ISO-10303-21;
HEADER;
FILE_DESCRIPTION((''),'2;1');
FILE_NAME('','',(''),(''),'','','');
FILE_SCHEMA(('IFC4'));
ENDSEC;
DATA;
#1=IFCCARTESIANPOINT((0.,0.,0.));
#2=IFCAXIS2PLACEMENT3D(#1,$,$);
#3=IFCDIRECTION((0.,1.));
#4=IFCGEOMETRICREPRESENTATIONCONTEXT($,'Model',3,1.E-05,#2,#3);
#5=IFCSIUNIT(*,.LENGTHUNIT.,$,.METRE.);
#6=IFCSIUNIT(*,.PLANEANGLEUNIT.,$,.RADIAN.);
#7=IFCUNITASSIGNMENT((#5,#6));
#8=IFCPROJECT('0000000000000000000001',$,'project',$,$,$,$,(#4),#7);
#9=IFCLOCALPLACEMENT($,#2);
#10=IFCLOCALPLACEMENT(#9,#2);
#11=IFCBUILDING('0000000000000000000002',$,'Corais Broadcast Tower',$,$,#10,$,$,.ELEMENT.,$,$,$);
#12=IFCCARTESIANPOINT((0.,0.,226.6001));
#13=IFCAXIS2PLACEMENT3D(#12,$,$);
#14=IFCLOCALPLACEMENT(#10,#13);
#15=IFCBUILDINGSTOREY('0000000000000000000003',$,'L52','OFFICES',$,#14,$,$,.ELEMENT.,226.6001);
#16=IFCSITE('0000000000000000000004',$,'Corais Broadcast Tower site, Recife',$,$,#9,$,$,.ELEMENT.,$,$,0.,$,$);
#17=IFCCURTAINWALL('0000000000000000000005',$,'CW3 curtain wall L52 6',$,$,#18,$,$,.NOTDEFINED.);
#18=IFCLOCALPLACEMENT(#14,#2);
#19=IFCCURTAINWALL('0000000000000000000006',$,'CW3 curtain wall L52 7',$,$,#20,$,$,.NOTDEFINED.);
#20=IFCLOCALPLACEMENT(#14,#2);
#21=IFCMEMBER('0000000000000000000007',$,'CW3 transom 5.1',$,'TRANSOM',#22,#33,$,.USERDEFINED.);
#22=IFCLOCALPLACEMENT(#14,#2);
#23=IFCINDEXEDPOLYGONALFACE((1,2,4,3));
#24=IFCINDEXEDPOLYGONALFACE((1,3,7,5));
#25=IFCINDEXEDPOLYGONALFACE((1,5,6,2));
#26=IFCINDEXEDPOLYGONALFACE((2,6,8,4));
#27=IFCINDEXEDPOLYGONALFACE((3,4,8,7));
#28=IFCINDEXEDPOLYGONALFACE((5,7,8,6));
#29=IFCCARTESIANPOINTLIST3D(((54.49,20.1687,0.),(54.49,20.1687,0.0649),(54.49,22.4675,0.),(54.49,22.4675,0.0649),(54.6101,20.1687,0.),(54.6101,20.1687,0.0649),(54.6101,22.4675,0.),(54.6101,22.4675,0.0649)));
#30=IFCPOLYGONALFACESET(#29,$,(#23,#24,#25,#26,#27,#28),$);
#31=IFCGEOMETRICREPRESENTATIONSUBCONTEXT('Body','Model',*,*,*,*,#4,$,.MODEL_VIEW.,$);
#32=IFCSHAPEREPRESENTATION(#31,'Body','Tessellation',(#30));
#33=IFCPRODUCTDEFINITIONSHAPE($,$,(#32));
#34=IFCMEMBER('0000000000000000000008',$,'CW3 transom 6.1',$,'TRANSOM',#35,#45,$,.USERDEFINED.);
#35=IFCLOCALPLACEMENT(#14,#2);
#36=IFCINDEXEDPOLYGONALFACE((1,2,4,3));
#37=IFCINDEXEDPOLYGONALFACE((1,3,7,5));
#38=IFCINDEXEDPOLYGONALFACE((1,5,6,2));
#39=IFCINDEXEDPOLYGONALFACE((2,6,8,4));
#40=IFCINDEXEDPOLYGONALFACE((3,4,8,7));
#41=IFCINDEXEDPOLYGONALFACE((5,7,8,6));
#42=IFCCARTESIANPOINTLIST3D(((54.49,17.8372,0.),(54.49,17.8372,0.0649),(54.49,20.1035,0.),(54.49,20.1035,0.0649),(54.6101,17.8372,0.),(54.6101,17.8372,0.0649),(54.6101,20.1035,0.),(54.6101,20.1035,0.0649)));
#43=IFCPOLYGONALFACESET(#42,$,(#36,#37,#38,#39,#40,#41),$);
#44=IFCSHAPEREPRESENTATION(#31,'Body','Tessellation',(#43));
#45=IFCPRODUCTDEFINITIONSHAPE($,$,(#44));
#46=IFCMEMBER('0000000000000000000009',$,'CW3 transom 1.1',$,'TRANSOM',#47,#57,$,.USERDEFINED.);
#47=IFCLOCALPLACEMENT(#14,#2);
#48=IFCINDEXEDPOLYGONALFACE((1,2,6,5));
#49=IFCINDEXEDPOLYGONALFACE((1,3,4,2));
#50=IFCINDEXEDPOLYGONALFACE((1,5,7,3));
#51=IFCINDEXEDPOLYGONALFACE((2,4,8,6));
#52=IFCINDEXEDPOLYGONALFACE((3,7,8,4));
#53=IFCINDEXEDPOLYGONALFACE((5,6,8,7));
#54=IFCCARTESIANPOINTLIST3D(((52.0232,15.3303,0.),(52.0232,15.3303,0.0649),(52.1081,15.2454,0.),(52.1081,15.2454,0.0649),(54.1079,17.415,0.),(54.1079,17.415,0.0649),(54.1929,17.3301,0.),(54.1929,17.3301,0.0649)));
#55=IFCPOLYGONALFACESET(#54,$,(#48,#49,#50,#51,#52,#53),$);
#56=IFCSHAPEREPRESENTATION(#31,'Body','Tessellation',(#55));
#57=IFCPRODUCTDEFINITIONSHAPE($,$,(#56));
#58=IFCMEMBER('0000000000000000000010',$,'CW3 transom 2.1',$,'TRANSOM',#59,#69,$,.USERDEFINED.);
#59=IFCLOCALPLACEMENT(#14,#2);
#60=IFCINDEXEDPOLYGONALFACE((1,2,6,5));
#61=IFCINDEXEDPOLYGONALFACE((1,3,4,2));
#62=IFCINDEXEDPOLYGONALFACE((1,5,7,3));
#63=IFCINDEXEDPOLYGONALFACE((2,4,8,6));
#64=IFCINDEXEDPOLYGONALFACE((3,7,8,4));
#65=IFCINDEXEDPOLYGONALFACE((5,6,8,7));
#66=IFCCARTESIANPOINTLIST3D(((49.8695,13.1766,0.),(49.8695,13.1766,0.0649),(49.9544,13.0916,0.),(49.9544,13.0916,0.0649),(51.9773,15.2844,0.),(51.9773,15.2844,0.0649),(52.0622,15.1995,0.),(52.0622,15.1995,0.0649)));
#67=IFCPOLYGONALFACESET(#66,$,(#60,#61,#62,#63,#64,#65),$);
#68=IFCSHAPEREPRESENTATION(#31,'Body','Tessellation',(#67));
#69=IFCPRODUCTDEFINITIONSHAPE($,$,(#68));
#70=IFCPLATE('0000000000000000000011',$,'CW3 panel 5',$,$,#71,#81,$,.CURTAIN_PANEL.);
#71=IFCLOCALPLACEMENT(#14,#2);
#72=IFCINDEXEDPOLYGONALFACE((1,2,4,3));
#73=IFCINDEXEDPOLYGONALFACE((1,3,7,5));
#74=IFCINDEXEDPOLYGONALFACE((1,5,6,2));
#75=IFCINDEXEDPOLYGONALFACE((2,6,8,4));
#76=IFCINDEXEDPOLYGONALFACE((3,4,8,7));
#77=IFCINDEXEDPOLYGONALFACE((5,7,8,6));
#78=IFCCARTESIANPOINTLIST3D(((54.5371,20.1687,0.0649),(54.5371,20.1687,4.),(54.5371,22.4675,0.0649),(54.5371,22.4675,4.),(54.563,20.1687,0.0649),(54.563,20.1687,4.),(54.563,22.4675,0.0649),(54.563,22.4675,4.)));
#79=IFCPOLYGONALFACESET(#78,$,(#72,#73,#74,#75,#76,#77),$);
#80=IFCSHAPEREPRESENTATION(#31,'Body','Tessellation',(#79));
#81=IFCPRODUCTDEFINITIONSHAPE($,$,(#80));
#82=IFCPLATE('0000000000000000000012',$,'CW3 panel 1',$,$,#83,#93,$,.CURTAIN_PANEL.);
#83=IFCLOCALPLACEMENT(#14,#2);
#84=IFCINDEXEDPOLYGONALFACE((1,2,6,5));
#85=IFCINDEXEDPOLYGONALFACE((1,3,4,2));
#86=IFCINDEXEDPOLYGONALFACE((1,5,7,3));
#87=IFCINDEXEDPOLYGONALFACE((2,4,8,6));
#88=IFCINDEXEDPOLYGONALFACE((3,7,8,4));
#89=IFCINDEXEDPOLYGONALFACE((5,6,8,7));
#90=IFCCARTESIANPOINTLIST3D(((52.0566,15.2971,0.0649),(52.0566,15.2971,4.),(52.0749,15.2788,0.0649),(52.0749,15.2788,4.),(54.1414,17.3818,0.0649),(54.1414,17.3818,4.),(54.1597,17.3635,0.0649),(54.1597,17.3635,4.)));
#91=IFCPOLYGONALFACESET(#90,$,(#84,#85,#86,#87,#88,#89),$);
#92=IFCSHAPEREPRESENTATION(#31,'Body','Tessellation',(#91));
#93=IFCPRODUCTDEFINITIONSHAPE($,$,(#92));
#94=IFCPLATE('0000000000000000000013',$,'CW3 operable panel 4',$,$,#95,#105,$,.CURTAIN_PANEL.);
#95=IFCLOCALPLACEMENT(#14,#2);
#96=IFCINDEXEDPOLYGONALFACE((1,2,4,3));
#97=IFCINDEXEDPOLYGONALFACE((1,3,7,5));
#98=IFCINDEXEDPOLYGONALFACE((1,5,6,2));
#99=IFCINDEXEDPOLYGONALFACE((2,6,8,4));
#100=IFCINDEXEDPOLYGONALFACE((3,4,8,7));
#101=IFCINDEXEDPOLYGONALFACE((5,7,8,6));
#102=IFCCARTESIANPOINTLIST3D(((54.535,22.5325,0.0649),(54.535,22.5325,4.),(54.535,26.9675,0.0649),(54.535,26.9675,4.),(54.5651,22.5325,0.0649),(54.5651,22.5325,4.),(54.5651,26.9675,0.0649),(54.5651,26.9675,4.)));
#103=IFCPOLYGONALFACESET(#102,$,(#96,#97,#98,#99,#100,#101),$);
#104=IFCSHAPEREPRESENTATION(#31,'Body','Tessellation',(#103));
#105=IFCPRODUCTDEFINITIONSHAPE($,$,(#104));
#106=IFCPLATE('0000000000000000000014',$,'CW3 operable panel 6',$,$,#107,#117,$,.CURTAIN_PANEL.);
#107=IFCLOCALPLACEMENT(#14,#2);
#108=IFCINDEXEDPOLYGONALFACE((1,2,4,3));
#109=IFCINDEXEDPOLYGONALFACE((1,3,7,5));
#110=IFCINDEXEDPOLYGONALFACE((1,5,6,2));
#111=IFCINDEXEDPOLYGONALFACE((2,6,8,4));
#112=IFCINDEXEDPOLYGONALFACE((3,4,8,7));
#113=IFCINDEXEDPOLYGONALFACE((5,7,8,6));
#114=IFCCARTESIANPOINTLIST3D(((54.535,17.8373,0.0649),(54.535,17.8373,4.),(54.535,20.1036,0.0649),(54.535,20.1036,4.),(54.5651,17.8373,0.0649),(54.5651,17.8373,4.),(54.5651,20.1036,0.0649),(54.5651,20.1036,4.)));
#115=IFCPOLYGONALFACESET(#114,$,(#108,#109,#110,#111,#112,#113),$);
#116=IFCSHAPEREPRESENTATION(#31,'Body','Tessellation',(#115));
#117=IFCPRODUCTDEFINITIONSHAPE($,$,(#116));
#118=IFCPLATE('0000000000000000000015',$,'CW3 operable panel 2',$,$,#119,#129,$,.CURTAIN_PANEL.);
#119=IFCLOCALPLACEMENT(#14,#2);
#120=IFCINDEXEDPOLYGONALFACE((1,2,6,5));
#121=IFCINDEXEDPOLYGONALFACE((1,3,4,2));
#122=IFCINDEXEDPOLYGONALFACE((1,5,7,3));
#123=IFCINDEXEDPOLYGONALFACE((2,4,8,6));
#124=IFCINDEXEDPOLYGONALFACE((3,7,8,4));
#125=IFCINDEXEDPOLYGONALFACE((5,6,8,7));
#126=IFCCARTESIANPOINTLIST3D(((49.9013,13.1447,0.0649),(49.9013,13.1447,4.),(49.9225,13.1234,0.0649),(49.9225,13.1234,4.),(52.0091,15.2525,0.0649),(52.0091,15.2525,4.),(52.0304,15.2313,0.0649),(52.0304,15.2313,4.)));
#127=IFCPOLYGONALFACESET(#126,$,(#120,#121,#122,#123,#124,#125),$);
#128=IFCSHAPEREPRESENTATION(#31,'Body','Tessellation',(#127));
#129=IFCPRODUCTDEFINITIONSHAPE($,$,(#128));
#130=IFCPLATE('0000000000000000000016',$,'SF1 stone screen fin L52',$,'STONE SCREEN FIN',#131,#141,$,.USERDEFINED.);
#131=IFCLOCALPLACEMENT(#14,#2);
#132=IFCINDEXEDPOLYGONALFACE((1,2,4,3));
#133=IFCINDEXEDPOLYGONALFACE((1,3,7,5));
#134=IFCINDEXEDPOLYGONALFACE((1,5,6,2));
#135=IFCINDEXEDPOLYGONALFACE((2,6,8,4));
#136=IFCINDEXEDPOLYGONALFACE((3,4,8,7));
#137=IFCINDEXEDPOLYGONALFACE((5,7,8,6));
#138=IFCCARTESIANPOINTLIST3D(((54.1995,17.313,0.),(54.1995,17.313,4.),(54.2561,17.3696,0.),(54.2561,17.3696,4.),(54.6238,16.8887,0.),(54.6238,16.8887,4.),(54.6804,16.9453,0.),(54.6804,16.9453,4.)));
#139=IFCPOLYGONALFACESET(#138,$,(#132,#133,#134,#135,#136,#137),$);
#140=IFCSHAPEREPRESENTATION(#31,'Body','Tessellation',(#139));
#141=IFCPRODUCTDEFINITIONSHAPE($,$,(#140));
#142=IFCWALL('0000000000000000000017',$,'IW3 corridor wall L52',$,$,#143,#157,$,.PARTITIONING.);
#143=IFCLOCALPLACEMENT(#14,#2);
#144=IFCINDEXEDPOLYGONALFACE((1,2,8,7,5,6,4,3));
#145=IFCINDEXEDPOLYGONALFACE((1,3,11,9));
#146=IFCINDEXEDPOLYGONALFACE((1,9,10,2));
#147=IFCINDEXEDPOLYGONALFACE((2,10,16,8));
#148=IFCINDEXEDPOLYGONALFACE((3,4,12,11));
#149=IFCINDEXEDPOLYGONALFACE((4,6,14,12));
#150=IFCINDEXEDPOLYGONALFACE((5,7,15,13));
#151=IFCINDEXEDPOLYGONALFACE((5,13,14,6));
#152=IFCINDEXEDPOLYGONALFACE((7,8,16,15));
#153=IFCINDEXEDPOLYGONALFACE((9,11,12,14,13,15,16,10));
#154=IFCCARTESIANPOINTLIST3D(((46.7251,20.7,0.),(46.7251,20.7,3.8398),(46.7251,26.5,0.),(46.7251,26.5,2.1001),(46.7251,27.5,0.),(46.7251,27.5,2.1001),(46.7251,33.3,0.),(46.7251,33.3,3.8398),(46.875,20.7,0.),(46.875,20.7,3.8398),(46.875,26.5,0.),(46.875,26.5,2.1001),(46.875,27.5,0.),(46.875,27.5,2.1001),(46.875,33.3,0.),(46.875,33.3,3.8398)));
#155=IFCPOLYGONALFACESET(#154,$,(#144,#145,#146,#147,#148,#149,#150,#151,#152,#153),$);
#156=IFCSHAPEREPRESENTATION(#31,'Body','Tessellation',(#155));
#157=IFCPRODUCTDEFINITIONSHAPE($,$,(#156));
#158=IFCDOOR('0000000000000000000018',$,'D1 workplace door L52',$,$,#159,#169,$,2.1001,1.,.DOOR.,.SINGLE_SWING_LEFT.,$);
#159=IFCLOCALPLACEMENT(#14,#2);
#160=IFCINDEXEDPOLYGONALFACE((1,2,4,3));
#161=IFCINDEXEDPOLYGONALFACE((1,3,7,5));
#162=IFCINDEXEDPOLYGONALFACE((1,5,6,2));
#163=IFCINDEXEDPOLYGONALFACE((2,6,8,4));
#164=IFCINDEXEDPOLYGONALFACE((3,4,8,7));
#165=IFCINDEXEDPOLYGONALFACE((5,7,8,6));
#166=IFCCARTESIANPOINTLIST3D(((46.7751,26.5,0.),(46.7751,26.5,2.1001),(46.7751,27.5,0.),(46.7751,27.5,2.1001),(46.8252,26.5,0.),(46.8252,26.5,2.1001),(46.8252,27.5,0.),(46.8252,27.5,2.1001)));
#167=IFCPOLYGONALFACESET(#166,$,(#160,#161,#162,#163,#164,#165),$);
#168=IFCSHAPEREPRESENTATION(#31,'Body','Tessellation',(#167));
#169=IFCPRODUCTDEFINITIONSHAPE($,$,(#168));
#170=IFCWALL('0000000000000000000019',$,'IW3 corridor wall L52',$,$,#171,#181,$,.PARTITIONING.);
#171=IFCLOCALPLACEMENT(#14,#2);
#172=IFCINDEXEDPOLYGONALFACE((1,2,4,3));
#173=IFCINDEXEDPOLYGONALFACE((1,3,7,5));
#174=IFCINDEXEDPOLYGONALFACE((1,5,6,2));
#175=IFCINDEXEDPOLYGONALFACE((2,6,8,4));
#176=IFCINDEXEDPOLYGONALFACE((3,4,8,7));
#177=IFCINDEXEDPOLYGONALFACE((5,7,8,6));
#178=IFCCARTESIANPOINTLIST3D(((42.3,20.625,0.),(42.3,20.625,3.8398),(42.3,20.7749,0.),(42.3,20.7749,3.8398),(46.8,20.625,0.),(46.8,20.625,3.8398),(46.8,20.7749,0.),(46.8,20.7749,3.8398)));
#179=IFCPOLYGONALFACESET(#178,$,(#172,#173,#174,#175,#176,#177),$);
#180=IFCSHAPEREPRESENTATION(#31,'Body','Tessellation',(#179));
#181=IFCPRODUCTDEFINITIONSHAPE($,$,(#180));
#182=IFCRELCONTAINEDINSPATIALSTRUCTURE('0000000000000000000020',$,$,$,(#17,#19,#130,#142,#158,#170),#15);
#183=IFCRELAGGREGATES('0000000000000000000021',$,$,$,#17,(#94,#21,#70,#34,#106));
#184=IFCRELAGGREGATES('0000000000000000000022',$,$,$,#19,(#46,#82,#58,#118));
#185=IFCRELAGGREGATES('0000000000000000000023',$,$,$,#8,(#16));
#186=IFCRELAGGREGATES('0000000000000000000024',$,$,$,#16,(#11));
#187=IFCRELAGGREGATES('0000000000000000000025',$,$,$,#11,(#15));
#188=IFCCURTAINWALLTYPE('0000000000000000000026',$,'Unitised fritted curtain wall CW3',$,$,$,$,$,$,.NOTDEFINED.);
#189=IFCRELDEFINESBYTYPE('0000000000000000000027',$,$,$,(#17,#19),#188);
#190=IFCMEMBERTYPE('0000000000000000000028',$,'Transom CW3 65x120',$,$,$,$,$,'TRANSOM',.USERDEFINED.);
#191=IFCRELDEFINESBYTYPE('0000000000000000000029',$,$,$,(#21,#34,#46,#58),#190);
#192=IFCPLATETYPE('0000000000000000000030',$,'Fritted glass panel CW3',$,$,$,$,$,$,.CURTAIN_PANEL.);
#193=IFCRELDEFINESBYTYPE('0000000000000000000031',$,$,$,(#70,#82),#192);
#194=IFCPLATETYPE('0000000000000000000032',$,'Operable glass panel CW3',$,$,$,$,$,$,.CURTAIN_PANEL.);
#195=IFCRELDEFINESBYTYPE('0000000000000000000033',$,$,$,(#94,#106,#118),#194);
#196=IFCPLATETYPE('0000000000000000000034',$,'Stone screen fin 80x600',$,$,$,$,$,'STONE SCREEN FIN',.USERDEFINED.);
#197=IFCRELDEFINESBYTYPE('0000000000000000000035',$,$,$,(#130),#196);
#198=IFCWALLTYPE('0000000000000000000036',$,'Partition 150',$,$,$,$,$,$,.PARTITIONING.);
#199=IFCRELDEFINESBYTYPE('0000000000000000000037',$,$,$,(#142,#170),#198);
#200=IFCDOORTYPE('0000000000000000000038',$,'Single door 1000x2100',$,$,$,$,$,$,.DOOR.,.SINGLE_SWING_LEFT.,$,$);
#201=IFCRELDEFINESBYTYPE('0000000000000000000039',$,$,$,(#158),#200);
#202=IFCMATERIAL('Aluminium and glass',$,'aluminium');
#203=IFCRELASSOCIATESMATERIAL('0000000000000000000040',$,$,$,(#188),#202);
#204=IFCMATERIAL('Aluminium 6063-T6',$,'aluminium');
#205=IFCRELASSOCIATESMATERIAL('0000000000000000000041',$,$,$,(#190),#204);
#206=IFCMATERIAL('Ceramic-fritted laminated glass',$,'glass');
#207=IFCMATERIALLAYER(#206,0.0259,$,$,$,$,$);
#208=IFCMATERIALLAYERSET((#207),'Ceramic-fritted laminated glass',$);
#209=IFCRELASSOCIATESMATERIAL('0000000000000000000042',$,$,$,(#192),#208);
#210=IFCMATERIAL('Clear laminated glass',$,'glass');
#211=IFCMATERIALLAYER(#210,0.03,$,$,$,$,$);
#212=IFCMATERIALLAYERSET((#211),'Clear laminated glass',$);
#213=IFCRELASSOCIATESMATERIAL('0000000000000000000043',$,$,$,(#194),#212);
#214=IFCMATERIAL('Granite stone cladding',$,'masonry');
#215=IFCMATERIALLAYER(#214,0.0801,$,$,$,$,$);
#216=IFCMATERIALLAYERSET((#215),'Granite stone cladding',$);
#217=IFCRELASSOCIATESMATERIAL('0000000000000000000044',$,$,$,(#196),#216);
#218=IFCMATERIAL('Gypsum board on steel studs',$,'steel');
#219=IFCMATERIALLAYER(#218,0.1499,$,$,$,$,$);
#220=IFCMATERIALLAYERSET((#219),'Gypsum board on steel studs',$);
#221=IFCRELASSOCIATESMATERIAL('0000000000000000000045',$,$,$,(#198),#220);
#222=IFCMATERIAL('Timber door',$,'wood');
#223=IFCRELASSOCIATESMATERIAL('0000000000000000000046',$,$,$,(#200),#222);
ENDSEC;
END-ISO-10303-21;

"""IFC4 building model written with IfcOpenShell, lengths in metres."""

from ifc_helpers import new_model, si_unit, direction, frame, frame_2d, origin, origin_2d, place, context, subcontext, project, spatial, rectangle, extrude, material, layer, layer_set, material_profile, profile_set, type_object, element, fill, aggregate, save


model = new_model("IFC4")

# Units and contexts
model_context = context("Model", 3, precision=1e-05, world=origin(), true_north=direction((0.0, 1.0)))
body_context = subcontext(model_context, "Body", "Model", "MODEL_VIEW")
ifc_project = project(units=[si_unit("LENGTHUNIT", "METRE"), si_unit("PLANEANGLEUNIT", "RADIAN")], contexts=[model_context])

# Site, building, storey
site_placement = place(None, origin())
site = spatial("IfcSite", under=ifc_project, at=site_placement, Name="Corais Broadcast Tower site, Recife", CompositionType="ELEMENT", RefElevation=0.0)
building_placement = place(site_placement, origin())
building = spatial("IfcBuilding", under=site, at=building_placement, Name="Corais Broadcast Tower", CompositionType="ELEMENT")
storey_placement = place(building_placement, frame((0.0, 0.0, 226.6001)))
storey = spatial("IfcBuildingStorey", under=building, at=storey_placement, Name="L52", Description="OFFICES", CompositionType="ELEMENT", Elevation=226.6001)

# Curtain walls
ifc_material_1 = material(Name="Aluminium and glass", Category="aluminium")
curtain_wall_type = type_object("IfcCurtainWallType", Name="Unitised fritted curtain wall CW3", PredefinedType="NOTDEFINED", material=ifc_material_1)
curtain_wall_1_placement = place(storey_placement, origin())
curtain_wall_1 = element("IfcCurtainWall", 1, at=curtain_wall_1_placement, inside=storey, type_object=curtain_wall_type, Name="CW3 curtain wall L52 6", PredefinedType="NOTDEFINED")
curtain_wall_2_placement = place(storey_placement, origin())
curtain_wall_2 = element("IfcCurtainWall", 2, at=curtain_wall_2_placement, inside=storey, type_object=curtain_wall_type, Name="CW3 curtain wall L52 7", PredefinedType="NOTDEFINED")

# Members
ifc_material_2 = material(Name="Aluminium 6063-T6", Category="aluminium")
ifc_material_profile_1 = material_profile(ifc_material_2, rectangle(XDim=0.1201, YDim=0.0649, at=origin_2d()), Name="Transom CW3 65x120")
ifc_profile_set_1 = profile_set([ifc_material_profile_1], Name="Aluminium 6063-T6")
member_type_1 = type_object("IfcMemberType", Name="Transom CW3 65x120", ElementType="TRANSOM", PredefinedType="USERDEFINED", material=ifc_profile_set_1)
member_1_placement = place(storey_placement, frame((54.55, 22.4675, 0.0325), z_axis=(0.0, -1.0, 0.0), x_axis=(1.0, 0.0, 0.0)))
member_1 = element("IfcMember", 3, at=member_1_placement, type_object=member_type_1, Name="CW3 transom 5.1", ObjectType="TRANSOM", PredefinedType="USERDEFINED", context=body_context, shape_type="SweptSolid", body=[
    extrude(rectangle(XDim=0.1201, YDim=0.0649, at=origin_2d()), origin(), (0.0, 0.0, 1.0), 2.2988),
])
member_2_placement = place(storey_placement, frame((54.55, 20.1035, 0.0325), z_axis=(0.0, -1.0, 0.0), x_axis=(1.0, 0.0, 0.0)))
member_2 = element("IfcMember", 4, at=member_2_placement, type_object=member_type_1, Name="CW3 transom 6.1", ObjectType="TRANSOM", PredefinedType="USERDEFINED", context=body_context, shape_type="SweptSolid", body=[
    extrude(rectangle(XDim=0.1201, YDim=0.0649, at=origin_2d()), origin(), (0.0, 0.0, 1.0), 2.2664),
])
member_3_placement = place(storey_placement, frame((54.1504, 17.3726, 0.0325), z_axis=(-0.707107, -0.707107, 0.0), x_axis=(0.707107, -0.707107, 0.0)))
member_3 = element("IfcMember", 5, at=member_3_placement, type_object=member_type_1, Name="CW3 transom 1.1", ObjectType="TRANSOM", PredefinedType="USERDEFINED", context=body_context, shape_type="SweptSolid", body=[
    extrude(rectangle(XDim=0.1201, YDim=0.0649, at=origin_2d()), origin(), (0.0, 0.0, 1.0), 2.9482),
])
member_4_placement = place(storey_placement, frame((52.0198, 15.2419, 0.0325), z_axis=(-0.707107, -0.707107, 0.0), x_axis=(0.707107, -0.707107, 0.0)))
member_4 = element("IfcMember", 6, at=member_4_placement, type_object=member_type_1, Name="CW3 transom 2.1", ObjectType="TRANSOM", PredefinedType="USERDEFINED", context=body_context, shape_type="SweptSolid", body=[
    extrude(rectangle(XDim=0.1201, YDim=0.0649, at=origin_2d()), origin(), (0.0, 0.0, 1.0), 2.981),
])

# Plates
ifc_material_3 = material(Name="Ceramic-fritted laminated glass", Category="glass")
ifc_layer_1 = layer(ifc_material_3, 0.0259)
ifc_layer_set_1 = layer_set([ifc_layer_1], Name="Ceramic-fritted laminated glass")
plate_type_1 = type_object("IfcPlateType", Name="Fritted glass panel CW3", PredefinedType="CURTAIN_PANEL", material=ifc_layer_set_1)
plate_1_placement = place(storey_placement, frame((54.55, 21.3181, 0.0649), z_axis=(0.0, 0.0, 1.0), x_axis=(0.0, -1.0, 0.0)))
plate_1 = element("IfcPlate", 7, at=plate_1_placement, type_object=plate_type_1, Name="CW3 panel 5", PredefinedType="CURTAIN_PANEL", context=body_context, shape_type="SweptSolid", body=[
    extrude(rectangle(XDim=2.2988, YDim=0.0259, at=origin_2d()), origin(), (0.0, 0.0, 1.0), 3.9351),
])
plate_2_placement = place(storey_placement, frame((53.1082, 16.3303, 0.0649), z_axis=(0.0, 0.0, 1.0), x_axis=(-0.707107, -0.707107, 0.0)))
plate_2 = element("IfcPlate", 8, at=plate_2_placement, type_object=plate_type_1, Name="CW3 panel 1", PredefinedType="CURTAIN_PANEL", context=body_context, shape_type="SweptSolid", body=[
    extrude(rectangle(XDim=2.9482, YDim=0.0259, at=origin_2d()), origin(), (0.0, 0.0, 1.0), 3.9351),
])
ifc_material_4 = material(Name="Clear laminated glass", Category="glass")
ifc_layer_2 = layer(ifc_material_4, 0.03)
ifc_layer_set_2 = layer_set([ifc_layer_2], Name="Clear laminated glass")
plate_type_2 = type_object("IfcPlateType", Name="Operable glass panel CW3", PredefinedType="CURTAIN_PANEL", material=ifc_layer_set_2)
plate_3_placement = place(storey_placement, frame((54.55, 24.75, 0.0649), z_axis=(0.0, 0.0, 1.0), x_axis=(0.0, -1.0, 0.0)))
plate_3 = element("IfcPlate", 9, at=plate_3_placement, type_object=plate_type_2, Name="CW3 operable panel 4", PredefinedType="CURTAIN_PANEL", context=body_context, shape_type="SweptSolid", body=[
    extrude(rectangle(XDim=4.4351, YDim=0.03, at=origin_2d()), origin(), (0.0, 0.0, 1.0), 3.9351),
])
plate_4_placement = place(storey_placement, frame((54.55, 18.9705, 0.0649), z_axis=(0.0, 0.0, 1.0), x_axis=(0.0, -1.0, 0.0)))
plate_4 = element("IfcPlate", 10, at=plate_4_placement, type_object=plate_type_2, Name="CW3 operable panel 6", PredefinedType="CURTAIN_PANEL", context=body_context, shape_type="SweptSolid", body=[
    extrude(rectangle(XDim=2.2664, YDim=0.03, at=origin_2d()), origin(), (0.0, 0.0, 1.0), 3.9351),
])
aggregate(curtain_wall_1, [plate_3, member_1, plate_1, member_2, plate_4])
plate_5_placement = place(storey_placement, frame((50.9658, 14.188, 0.0649), z_axis=(0.0, 0.0, 1.0), x_axis=(-0.707107, -0.707107, 0.0)))
plate_5 = element("IfcPlate", 11, at=plate_5_placement, type_object=plate_type_2, Name="CW3 operable panel 2", PredefinedType="CURTAIN_PANEL", context=body_context, shape_type="SweptSolid", body=[
    extrude(rectangle(XDim=2.981, YDim=0.03, at=origin_2d()), origin(), (0.0, 0.0, 1.0), 3.9351),
])
aggregate(curtain_wall_2, [member_3, plate_2, member_4, plate_5])
ifc_material_5 = material(Name="Granite stone cladding", Category="masonry")
ifc_layer_3 = layer(ifc_material_5, 0.0801)
ifc_layer_set_3 = layer_set([ifc_layer_3], Name="Granite stone cladding")
plate_type_3 = type_object("IfcPlateType", Name="Stone screen fin 80x600", ElementType="STONE SCREEN FIN", PredefinedType="USERDEFINED", material=ifc_layer_set_3)
plate_6_placement = place(storey_placement, frame((54.4399, 17.1292, 0.0), z_axis=(0.0, 0.0, 1.0), x_axis=(-0.707107, -0.707107, 0.0)))
element("IfcPlate", 12, at=plate_6_placement, inside=storey, type_object=plate_type_3, Name="SF1 stone screen fin L52", ObjectType="STONE SCREEN FIN", PredefinedType="USERDEFINED", context=body_context, shape_type="SweptSolid", body=[
    extrude(rectangle(XDim=0.0801, YDim=0.6001, at=origin_2d()), origin(), (0.0, 0.0, 1.0), 4.0),
])

# Wall, opening, door
ifc_material_6 = material(Name="Gypsum board on steel studs", Category="steel")
ifc_layer_4 = layer(ifc_material_6, 0.1499)
ifc_layer_set_4 = layer_set([ifc_layer_4], Name="Gypsum board on steel studs")
wall_type = type_object("IfcWallType", Name="Partition 150", PredefinedType="PARTITIONING", material=ifc_layer_set_4)
wall_1_placement = place(storey_placement, frame((46.8, 20.7, 0.0), z_axis=(0.0, 0.0, 1.0), x_axis=(0.0, 1.0, 0.0)))
wall_1 = element("IfcWall", 13, at=wall_1_placement, inside=storey, type_object=wall_type, Name="IW3 corridor wall L52", PredefinedType="PARTITIONING", context=body_context, shape_type="SweptSolid", body=[
    extrude(rectangle(XDim=12.6001, YDim=0.1499, at=frame_2d((6.3, 0.0))), origin(), (0.0, 0.0, 1.0), 3.8398),
])
opening_placement = place(wall_1_placement, frame((5.8, 0.0, 0.0)))
opening = element("IfcOpeningElement", 14, at=opening_placement, cuts=wall_1, PredefinedType="OPENING", context=body_context, shape_type="SweptSolid", body=[
    extrude(rectangle(XDim=1.0, YDim=2.1001, at=frame_2d((0.5, 1.05))), frame((0.0, 0.085, 0.0), z_axis=(0.0, -1.0, 0.0), x_axis=(1.0, 0.0, 0.0)), (0.0, 0.0, 1.0), 0.1699),
])
ifc_material_7 = material(Name="Timber door", Category="wood")
door_type = type_object("IfcDoorType", Name="Single door 1000x2100", OperationType="SINGLE_SWING_LEFT", PredefinedType="DOOR", material=ifc_material_7)
door_placement = place(opening_placement, origin())
door = element("IfcDoor", 15, at=door_placement, inside=storey, type_object=door_type, Name="D1 workplace door L52", OperationType="SINGLE_SWING_LEFT", OverallHeight=2.1001, OverallWidth=1.0, PredefinedType="DOOR", context=body_context, shape_type="SweptSolid", body=[
    extrude(rectangle(XDim=1.0, YDim=2.1001, at=frame_2d((0.5, 1.05))), frame((0.0, 0.0249, 0.0), z_axis=(0.0, -1.0, 0.0), x_axis=(1.0, 0.0, 0.0)), (0.0, 0.0, 1.0), 0.05),
])
fill(opening, door)

# Wall
wall_2_placement = place(storey_placement, frame((42.3, 20.7, 0.0), z_axis=(0.0, 0.0, 1.0), x_axis=(1.0, 0.0, 0.0)))
element("IfcWall", 16, at=wall_2_placement, inside=storey, type_object=wall_type, Name="IW3 corridor wall L52", PredefinedType="PARTITIONING", context=body_context, shape_type="SweptSolid", body=[
    extrude(rectangle(XDim=4.5, YDim=0.1499, at=frame_2d((2.25, 0.0))), origin(), (0.0, 0.0, 1.0), 3.8398),
])

save(model, "model.ifc")
